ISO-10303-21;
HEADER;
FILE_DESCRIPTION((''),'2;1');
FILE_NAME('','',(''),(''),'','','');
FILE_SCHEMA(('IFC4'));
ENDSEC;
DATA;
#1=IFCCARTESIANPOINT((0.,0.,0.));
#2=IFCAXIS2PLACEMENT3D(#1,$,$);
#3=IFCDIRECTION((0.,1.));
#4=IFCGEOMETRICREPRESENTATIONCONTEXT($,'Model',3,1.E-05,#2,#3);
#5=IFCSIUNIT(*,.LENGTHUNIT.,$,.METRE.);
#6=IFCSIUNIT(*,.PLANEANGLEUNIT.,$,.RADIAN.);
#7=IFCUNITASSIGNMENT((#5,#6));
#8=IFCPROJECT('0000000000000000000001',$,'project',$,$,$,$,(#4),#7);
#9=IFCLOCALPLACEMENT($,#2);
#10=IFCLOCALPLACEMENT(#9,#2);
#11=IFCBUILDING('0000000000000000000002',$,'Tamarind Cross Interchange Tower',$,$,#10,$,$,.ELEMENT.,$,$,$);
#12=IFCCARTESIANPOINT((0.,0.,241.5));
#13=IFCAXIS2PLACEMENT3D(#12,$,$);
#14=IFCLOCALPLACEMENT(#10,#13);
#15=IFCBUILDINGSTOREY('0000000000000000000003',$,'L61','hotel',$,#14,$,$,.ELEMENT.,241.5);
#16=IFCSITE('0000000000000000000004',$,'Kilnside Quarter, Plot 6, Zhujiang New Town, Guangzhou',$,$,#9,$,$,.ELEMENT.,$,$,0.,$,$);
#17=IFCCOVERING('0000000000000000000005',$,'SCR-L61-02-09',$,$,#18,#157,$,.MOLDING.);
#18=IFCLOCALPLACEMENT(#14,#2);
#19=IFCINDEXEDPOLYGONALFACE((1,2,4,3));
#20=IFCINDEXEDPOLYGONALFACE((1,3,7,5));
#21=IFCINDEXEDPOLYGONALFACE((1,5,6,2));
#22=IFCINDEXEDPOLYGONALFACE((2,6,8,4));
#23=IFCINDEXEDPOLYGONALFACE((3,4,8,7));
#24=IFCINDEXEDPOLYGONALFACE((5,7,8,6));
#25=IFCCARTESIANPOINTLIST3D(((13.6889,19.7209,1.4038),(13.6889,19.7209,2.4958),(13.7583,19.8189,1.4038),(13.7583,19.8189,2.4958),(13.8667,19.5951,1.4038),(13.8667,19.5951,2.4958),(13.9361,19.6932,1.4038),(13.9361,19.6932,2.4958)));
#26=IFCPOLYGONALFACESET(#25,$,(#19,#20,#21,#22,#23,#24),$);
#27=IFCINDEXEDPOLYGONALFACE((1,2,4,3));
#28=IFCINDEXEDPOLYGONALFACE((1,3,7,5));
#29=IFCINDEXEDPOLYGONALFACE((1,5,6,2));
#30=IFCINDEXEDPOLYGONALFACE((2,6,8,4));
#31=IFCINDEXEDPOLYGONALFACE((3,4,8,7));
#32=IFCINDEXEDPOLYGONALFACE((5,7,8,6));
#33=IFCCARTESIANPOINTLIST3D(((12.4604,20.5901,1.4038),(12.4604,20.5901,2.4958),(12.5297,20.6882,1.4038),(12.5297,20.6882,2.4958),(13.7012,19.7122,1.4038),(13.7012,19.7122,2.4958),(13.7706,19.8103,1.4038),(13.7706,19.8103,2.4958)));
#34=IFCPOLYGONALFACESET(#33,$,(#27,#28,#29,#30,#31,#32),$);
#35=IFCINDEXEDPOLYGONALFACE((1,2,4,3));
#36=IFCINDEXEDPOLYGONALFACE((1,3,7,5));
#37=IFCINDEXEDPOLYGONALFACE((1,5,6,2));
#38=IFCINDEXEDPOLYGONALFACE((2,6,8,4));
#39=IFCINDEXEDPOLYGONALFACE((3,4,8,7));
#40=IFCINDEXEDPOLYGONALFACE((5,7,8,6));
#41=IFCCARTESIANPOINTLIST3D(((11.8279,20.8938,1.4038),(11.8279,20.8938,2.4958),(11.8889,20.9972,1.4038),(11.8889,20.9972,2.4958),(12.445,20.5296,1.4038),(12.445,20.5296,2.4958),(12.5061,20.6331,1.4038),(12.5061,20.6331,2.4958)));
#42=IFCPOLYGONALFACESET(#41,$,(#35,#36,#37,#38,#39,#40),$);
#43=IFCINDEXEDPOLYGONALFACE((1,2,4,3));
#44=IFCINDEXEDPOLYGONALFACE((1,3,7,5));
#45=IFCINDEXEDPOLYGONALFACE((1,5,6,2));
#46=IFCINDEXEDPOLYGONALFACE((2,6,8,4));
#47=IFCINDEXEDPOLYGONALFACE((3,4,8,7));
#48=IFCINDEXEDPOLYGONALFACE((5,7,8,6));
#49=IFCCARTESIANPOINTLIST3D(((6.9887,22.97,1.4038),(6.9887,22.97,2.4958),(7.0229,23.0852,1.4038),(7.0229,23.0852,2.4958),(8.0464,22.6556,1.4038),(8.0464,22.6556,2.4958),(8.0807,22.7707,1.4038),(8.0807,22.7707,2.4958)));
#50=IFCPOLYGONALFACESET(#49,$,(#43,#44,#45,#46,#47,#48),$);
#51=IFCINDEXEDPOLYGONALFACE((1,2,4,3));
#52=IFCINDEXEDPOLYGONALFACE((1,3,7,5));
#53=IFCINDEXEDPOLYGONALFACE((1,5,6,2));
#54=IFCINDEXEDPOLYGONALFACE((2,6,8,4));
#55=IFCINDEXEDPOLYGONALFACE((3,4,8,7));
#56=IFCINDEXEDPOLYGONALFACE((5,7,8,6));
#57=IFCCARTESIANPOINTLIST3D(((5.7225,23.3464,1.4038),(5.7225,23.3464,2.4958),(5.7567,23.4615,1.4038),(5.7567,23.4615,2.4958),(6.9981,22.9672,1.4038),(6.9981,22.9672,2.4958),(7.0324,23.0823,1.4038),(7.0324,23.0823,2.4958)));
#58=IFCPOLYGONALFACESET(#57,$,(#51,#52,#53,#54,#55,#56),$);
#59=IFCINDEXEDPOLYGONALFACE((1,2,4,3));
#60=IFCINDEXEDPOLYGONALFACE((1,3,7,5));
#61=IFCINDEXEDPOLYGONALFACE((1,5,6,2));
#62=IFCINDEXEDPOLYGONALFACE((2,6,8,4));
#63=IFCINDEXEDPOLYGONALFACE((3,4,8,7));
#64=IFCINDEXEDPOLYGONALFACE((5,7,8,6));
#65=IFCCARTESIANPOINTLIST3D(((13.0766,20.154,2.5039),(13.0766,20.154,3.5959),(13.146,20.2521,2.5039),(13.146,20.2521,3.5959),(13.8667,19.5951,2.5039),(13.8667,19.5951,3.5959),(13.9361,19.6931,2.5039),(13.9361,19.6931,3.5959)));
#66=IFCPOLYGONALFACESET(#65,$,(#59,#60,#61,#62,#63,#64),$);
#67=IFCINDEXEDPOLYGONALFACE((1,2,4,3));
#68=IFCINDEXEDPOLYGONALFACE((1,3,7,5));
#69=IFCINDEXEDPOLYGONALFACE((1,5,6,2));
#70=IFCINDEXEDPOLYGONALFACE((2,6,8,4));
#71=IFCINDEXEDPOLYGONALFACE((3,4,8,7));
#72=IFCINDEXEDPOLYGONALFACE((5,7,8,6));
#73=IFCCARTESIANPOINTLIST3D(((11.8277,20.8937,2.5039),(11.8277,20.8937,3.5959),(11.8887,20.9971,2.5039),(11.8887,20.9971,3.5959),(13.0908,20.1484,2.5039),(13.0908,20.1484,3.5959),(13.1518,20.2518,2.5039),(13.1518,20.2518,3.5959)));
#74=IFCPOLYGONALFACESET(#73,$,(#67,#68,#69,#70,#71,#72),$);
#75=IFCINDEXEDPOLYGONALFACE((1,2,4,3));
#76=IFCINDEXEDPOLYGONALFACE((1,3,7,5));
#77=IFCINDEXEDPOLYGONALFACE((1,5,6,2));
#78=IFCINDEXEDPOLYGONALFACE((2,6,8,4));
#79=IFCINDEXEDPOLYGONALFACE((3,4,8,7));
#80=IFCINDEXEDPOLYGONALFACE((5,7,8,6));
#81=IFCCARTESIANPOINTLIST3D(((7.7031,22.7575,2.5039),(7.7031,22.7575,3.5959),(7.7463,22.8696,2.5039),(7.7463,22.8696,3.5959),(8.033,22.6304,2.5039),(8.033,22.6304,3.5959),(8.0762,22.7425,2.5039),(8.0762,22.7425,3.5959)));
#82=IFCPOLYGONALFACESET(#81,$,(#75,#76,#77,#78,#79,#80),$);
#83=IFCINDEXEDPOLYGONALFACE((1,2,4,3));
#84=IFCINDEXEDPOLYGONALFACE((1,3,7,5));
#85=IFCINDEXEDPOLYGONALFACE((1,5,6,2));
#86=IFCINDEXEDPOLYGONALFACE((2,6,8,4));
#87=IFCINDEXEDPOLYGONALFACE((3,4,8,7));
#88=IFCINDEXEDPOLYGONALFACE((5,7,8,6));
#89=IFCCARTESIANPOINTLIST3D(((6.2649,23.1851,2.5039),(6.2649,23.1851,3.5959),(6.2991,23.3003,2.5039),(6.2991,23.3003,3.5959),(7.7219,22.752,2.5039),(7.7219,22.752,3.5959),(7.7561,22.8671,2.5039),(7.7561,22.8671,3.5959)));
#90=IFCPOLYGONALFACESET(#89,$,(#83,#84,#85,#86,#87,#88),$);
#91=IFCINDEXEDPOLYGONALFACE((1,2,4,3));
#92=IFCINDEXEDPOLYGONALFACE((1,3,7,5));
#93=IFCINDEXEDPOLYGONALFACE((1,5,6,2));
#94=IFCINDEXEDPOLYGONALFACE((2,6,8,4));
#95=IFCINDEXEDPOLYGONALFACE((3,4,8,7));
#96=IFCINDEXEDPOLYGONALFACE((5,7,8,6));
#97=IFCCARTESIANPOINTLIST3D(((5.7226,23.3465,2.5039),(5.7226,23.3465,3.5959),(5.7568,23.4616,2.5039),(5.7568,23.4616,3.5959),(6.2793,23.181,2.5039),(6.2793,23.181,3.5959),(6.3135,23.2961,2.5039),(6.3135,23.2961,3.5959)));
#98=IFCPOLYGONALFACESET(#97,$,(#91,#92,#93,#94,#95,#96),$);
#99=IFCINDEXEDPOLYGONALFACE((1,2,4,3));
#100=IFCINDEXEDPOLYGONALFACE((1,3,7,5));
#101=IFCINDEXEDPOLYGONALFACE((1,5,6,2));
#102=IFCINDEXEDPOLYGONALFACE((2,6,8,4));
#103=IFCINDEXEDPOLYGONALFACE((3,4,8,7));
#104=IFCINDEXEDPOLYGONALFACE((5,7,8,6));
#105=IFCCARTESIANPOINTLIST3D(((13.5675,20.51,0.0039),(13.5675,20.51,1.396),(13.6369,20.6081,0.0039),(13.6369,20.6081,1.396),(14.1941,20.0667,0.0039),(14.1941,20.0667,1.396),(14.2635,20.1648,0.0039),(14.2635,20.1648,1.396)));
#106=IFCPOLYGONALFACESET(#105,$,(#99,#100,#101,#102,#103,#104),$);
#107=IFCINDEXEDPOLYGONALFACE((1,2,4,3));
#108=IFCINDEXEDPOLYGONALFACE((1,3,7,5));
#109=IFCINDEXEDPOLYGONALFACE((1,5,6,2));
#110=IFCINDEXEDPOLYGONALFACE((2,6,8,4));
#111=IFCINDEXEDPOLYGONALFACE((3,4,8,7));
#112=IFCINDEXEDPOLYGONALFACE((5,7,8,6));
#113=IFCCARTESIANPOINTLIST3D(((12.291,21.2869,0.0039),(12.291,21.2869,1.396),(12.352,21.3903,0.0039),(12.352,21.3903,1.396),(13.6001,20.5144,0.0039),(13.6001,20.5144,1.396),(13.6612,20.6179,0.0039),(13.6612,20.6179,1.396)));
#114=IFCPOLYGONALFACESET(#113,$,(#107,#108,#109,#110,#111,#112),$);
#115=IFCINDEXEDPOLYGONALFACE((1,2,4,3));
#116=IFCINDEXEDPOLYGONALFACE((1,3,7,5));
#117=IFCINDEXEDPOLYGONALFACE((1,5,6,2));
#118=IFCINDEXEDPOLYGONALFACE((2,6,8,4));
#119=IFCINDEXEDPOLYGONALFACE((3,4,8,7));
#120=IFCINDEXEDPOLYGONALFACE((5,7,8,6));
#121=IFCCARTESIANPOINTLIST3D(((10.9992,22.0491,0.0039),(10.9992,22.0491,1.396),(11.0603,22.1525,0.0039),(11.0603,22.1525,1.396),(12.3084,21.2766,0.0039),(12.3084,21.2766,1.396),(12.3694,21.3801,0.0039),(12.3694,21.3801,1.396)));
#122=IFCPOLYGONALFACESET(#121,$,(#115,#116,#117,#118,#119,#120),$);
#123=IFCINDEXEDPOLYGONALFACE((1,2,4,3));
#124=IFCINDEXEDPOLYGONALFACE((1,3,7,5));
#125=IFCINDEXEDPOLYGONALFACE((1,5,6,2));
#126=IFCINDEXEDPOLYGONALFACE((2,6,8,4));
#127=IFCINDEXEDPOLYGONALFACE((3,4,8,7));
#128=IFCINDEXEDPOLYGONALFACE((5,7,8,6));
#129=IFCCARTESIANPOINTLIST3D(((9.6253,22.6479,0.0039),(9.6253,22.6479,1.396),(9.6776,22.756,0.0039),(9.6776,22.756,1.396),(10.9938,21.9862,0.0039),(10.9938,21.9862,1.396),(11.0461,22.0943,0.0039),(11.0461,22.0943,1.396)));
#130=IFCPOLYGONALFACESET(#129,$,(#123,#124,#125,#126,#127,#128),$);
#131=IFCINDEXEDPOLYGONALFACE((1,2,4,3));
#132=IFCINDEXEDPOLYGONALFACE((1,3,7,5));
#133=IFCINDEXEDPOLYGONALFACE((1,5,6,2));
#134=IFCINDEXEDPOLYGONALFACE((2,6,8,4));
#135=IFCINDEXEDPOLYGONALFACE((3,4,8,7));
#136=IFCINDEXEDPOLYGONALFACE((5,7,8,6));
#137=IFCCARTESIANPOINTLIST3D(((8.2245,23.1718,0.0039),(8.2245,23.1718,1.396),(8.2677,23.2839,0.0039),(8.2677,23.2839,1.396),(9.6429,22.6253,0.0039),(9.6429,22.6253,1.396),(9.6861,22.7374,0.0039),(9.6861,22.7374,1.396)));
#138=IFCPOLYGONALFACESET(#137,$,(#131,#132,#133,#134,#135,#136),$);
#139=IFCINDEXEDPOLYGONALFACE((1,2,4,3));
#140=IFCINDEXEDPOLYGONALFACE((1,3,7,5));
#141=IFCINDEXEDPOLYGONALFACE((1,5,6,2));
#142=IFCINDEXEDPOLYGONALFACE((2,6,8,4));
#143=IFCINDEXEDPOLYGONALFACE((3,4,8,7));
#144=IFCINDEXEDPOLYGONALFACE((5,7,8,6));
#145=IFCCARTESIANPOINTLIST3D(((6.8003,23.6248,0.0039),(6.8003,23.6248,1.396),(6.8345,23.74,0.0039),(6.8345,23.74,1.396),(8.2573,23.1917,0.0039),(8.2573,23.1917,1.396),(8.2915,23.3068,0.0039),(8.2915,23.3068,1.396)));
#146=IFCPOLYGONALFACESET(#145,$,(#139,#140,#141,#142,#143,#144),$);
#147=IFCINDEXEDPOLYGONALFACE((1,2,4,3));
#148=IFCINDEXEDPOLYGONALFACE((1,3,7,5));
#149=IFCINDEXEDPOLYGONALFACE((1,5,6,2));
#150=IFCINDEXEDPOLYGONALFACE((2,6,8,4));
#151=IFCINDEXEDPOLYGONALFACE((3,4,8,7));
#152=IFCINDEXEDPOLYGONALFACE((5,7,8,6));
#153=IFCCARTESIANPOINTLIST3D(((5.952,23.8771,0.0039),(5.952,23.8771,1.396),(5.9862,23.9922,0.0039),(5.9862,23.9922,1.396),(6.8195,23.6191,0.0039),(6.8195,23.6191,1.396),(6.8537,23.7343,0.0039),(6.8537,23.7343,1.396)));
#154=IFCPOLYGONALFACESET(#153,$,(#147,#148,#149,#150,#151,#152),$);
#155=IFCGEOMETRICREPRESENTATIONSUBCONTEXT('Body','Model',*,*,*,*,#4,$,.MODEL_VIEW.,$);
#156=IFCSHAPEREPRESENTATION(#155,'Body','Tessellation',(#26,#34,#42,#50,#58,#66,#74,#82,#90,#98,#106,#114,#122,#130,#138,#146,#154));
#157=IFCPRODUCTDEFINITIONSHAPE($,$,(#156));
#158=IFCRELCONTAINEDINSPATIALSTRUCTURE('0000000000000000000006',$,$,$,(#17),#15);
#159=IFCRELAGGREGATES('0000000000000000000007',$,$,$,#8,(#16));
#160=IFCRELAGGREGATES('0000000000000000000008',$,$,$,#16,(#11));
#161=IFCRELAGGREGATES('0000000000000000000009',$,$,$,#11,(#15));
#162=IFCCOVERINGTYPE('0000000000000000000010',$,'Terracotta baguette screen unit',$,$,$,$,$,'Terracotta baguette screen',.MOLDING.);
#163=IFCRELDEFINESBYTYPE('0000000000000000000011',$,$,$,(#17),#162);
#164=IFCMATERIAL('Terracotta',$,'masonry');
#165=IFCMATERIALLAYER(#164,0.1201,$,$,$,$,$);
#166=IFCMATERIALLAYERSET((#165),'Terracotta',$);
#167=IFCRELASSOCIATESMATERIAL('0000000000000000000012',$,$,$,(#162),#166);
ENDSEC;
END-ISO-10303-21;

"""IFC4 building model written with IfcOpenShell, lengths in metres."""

from ifc_helpers import new_model, si_unit, direction, frame, origin, origin_2d, place, context, subcontext, project, spatial, rectangle, extrude, material, layer, layer_set, type_object, element, save


model = new_model("IFC4")

# Units and contexts
model_context = context("Model", 3, precision=1e-05, world=origin(), true_north=direction((0.0, 1.0)))
body_context = subcontext(model_context, "Body", "Model", "MODEL_VIEW")
ifc_project = project(units=[si_unit("LENGTHUNIT", "METRE"), si_unit("PLANEANGLEUNIT", "RADIAN")], contexts=[model_context])

# Site, building, storey
site_placement = place(None, origin())
site = spatial("IfcSite", under=ifc_project, at=site_placement, Name="Kilnside Quarter, Plot 6, Zhujiang New Town, Guangzhou", CompositionType="ELEMENT", RefElevation=0.0)
building_placement = place(site_placement, origin())
building = spatial("IfcBuilding", under=site, at=building_placement, Name="Tamarind Cross Interchange Tower", CompositionType="ELEMENT")
storey_placement = place(building_placement, frame((0.0, 0.0, 241.5)))
storey = spatial("IfcBuildingStorey", under=building, at=storey_placement, Name="L61", Description="hotel", CompositionType="ELEMENT", Elevation=241.5)

# Covering
ifc_material_1 = material(Name="Terracotta", Category="masonry")
ifc_layer_1 = layer(ifc_material_1, 0.1201)
ifc_layer_set_1 = layer_set([ifc_layer_1], Name="Terracotta")
covering_type = type_object("IfcCoveringType", Name="Terracotta baguette screen unit", ElementType="Terracotta baguette screen", PredefinedType="MOLDING", material=ifc_layer_set_1)
covering_1_placement = place(storey_placement, origin())
element("IfcCovering", 1, at=covering_1_placement, inside=storey, type_object=covering_type, Name="SCR-L61-02-09", PredefinedType="MOLDING", context=body_context, shape_type="SweptSolid", body=[
    extrude(rectangle(XDim=0.2178, YDim=0.1201, at=origin_2d()), frame((13.8125, 19.707, 1.4038), z_axis=(0.0, 0.0, 1.0), x_axis=(-0.816342, 0.577569, 0.0)), (0.0, 0.0, 1.0), 1.092),
    extrude(rectangle(XDim=1.52, YDim=0.1201, at=origin_2d()), frame((13.1155, 20.2002, 1.4038), z_axis=(0.0, 0.0, 1.0), x_axis=(-0.816342, 0.577569, 0.0)), (0.0, 0.0, 1.0), 1.092),
    extrude(rectangle(XDim=0.7166, YDim=0.1201, at=origin_2d()), frame((12.167, 20.7634, 1.4038), z_axis=(0.0, 0.0, 1.0), x_axis=(-0.861249, 0.508183, 0.0)), (0.0, 0.0, 1.0), 1.092),
    extrude(rectangle(XDim=1.1035, YDim=0.1201, at=origin_2d()), frame((7.5347, 22.8704, 1.4038), z_axis=(0.0, 0.0, 1.0), x_axis=(-0.958535, 0.284975, 0.0)), (0.0, 0.0, 1.0), 1.092),
    extrude(rectangle(XDim=1.3308, YDim=0.1201, at=origin_2d()), frame((6.3774, 23.2144, 1.4038), z_axis=(0.0, 0.0, 1.0), x_axis=(-0.958535, 0.284975, 0.0)), (0.0, 0.0, 1.0), 1.092),
    extrude(rectangle(XDim=0.9678, YDim=0.1201, at=origin_2d()), frame((13.5063, 19.9236, 2.5039), z_axis=(0.0, 0.0, 1.0), x_axis=(-0.816342, 0.577569, 0.0)), (0.0, 0.0, 1.0), 1.092),
    extrude(rectangle(XDim=1.4666, YDim=0.1201, at=origin_2d()), frame((12.4897, 20.5728, 2.5039), z_axis=(0.0, 0.0, 1.0), x_axis=(-0.861249, 0.508183, 0.0)), (0.0, 0.0, 1.0), 1.092),
    extrude(rectangle(XDim=0.3535, YDim=0.1201, at=origin_2d()), frame((7.8896, 22.75, 2.5039), z_axis=(0.0, 0.0, 1.0), x_axis=(-0.933147, 0.359495, 0.0)), (0.0, 0.0, 1.0), 1.092),
    extrude(rectangle(XDim=1.52, YDim=0.1201, at=origin_2d()), frame((7.0105, 23.0261, 2.5039), z_axis=(0.0, 0.0, 1.0), x_axis=(-0.958535, 0.284975, 0.0)), (0.0, 0.0, 1.0), 1.092),
    extrude(rectangle(XDim=0.5808, YDim=0.1201, at=origin_2d()), frame((6.0181, 23.3213, 2.5039), z_axis=(0.0, 0.0, 1.0), x_axis=(-0.958535, 0.284975, 0.0)), (0.0, 0.0, 1.0), 1.092),
    extrude(rectangle(XDim=0.7676, YDim=0.1201, at=origin_2d()), frame((13.9155, 20.3374, 0.0039), z_axis=(0.0, 0.0, 1.0), x_axis=(-0.816342, 0.577569, 0.0)), (0.0, 0.0, 1.0), 1.3921),
    extrude(rectangle(XDim=1.52, YDim=0.1201, at=origin_2d()), frame((12.9761, 20.9524, 0.0039), z_axis=(0.0, 0.0, 1.0), x_axis=(-0.861249, 0.508183, 0.0)), (0.0, 0.0, 1.0), 1.3921),
    extrude(rectangle(XDim=1.52, YDim=0.1201, at=origin_2d()), frame((11.6843, 21.7146, 0.0039), z_axis=(0.0, 0.0, 1.0), x_axis=(-0.861249, 0.508183, 0.0)), (0.0, 0.0, 1.0), 1.3921),
    extrude(rectangle(XDim=1.52, YDim=0.1201, at=origin_2d()), frame((10.3357, 22.3711, 0.0039), z_axis=(0.0, 0.0, 1.0), x_axis=(-0.900273, 0.435326, 0.0)), (0.0, 0.0, 1.0), 1.3921),
    extrude(rectangle(XDim=1.52, YDim=0.1201, at=origin_2d()), frame((8.9553, 22.9546, 0.0039), z_axis=(0.0, 0.0, 1.0), x_axis=(-0.933147, 0.359495, 0.0)), (0.0, 0.0, 1.0), 1.3921),
    extrude(rectangle(XDim=1.52, YDim=0.1201, at=origin_2d()), frame((7.5459, 23.4658, 0.0039), z_axis=(0.0, 0.0, 1.0), x_axis=(-0.958535, 0.284975, 0.0)), (0.0, 0.0, 1.0), 1.3921),
    extrude(rectangle(XDim=0.905, YDim=0.1201, at=origin_2d()), frame((6.4028, 23.8057, 0.0039), z_axis=(0.0, 0.0, 1.0), x_axis=(-0.958535, 0.284975, 0.0)), (0.0, 0.0, 1.0), 1.3921),
])

save(model, "model.ifc")
